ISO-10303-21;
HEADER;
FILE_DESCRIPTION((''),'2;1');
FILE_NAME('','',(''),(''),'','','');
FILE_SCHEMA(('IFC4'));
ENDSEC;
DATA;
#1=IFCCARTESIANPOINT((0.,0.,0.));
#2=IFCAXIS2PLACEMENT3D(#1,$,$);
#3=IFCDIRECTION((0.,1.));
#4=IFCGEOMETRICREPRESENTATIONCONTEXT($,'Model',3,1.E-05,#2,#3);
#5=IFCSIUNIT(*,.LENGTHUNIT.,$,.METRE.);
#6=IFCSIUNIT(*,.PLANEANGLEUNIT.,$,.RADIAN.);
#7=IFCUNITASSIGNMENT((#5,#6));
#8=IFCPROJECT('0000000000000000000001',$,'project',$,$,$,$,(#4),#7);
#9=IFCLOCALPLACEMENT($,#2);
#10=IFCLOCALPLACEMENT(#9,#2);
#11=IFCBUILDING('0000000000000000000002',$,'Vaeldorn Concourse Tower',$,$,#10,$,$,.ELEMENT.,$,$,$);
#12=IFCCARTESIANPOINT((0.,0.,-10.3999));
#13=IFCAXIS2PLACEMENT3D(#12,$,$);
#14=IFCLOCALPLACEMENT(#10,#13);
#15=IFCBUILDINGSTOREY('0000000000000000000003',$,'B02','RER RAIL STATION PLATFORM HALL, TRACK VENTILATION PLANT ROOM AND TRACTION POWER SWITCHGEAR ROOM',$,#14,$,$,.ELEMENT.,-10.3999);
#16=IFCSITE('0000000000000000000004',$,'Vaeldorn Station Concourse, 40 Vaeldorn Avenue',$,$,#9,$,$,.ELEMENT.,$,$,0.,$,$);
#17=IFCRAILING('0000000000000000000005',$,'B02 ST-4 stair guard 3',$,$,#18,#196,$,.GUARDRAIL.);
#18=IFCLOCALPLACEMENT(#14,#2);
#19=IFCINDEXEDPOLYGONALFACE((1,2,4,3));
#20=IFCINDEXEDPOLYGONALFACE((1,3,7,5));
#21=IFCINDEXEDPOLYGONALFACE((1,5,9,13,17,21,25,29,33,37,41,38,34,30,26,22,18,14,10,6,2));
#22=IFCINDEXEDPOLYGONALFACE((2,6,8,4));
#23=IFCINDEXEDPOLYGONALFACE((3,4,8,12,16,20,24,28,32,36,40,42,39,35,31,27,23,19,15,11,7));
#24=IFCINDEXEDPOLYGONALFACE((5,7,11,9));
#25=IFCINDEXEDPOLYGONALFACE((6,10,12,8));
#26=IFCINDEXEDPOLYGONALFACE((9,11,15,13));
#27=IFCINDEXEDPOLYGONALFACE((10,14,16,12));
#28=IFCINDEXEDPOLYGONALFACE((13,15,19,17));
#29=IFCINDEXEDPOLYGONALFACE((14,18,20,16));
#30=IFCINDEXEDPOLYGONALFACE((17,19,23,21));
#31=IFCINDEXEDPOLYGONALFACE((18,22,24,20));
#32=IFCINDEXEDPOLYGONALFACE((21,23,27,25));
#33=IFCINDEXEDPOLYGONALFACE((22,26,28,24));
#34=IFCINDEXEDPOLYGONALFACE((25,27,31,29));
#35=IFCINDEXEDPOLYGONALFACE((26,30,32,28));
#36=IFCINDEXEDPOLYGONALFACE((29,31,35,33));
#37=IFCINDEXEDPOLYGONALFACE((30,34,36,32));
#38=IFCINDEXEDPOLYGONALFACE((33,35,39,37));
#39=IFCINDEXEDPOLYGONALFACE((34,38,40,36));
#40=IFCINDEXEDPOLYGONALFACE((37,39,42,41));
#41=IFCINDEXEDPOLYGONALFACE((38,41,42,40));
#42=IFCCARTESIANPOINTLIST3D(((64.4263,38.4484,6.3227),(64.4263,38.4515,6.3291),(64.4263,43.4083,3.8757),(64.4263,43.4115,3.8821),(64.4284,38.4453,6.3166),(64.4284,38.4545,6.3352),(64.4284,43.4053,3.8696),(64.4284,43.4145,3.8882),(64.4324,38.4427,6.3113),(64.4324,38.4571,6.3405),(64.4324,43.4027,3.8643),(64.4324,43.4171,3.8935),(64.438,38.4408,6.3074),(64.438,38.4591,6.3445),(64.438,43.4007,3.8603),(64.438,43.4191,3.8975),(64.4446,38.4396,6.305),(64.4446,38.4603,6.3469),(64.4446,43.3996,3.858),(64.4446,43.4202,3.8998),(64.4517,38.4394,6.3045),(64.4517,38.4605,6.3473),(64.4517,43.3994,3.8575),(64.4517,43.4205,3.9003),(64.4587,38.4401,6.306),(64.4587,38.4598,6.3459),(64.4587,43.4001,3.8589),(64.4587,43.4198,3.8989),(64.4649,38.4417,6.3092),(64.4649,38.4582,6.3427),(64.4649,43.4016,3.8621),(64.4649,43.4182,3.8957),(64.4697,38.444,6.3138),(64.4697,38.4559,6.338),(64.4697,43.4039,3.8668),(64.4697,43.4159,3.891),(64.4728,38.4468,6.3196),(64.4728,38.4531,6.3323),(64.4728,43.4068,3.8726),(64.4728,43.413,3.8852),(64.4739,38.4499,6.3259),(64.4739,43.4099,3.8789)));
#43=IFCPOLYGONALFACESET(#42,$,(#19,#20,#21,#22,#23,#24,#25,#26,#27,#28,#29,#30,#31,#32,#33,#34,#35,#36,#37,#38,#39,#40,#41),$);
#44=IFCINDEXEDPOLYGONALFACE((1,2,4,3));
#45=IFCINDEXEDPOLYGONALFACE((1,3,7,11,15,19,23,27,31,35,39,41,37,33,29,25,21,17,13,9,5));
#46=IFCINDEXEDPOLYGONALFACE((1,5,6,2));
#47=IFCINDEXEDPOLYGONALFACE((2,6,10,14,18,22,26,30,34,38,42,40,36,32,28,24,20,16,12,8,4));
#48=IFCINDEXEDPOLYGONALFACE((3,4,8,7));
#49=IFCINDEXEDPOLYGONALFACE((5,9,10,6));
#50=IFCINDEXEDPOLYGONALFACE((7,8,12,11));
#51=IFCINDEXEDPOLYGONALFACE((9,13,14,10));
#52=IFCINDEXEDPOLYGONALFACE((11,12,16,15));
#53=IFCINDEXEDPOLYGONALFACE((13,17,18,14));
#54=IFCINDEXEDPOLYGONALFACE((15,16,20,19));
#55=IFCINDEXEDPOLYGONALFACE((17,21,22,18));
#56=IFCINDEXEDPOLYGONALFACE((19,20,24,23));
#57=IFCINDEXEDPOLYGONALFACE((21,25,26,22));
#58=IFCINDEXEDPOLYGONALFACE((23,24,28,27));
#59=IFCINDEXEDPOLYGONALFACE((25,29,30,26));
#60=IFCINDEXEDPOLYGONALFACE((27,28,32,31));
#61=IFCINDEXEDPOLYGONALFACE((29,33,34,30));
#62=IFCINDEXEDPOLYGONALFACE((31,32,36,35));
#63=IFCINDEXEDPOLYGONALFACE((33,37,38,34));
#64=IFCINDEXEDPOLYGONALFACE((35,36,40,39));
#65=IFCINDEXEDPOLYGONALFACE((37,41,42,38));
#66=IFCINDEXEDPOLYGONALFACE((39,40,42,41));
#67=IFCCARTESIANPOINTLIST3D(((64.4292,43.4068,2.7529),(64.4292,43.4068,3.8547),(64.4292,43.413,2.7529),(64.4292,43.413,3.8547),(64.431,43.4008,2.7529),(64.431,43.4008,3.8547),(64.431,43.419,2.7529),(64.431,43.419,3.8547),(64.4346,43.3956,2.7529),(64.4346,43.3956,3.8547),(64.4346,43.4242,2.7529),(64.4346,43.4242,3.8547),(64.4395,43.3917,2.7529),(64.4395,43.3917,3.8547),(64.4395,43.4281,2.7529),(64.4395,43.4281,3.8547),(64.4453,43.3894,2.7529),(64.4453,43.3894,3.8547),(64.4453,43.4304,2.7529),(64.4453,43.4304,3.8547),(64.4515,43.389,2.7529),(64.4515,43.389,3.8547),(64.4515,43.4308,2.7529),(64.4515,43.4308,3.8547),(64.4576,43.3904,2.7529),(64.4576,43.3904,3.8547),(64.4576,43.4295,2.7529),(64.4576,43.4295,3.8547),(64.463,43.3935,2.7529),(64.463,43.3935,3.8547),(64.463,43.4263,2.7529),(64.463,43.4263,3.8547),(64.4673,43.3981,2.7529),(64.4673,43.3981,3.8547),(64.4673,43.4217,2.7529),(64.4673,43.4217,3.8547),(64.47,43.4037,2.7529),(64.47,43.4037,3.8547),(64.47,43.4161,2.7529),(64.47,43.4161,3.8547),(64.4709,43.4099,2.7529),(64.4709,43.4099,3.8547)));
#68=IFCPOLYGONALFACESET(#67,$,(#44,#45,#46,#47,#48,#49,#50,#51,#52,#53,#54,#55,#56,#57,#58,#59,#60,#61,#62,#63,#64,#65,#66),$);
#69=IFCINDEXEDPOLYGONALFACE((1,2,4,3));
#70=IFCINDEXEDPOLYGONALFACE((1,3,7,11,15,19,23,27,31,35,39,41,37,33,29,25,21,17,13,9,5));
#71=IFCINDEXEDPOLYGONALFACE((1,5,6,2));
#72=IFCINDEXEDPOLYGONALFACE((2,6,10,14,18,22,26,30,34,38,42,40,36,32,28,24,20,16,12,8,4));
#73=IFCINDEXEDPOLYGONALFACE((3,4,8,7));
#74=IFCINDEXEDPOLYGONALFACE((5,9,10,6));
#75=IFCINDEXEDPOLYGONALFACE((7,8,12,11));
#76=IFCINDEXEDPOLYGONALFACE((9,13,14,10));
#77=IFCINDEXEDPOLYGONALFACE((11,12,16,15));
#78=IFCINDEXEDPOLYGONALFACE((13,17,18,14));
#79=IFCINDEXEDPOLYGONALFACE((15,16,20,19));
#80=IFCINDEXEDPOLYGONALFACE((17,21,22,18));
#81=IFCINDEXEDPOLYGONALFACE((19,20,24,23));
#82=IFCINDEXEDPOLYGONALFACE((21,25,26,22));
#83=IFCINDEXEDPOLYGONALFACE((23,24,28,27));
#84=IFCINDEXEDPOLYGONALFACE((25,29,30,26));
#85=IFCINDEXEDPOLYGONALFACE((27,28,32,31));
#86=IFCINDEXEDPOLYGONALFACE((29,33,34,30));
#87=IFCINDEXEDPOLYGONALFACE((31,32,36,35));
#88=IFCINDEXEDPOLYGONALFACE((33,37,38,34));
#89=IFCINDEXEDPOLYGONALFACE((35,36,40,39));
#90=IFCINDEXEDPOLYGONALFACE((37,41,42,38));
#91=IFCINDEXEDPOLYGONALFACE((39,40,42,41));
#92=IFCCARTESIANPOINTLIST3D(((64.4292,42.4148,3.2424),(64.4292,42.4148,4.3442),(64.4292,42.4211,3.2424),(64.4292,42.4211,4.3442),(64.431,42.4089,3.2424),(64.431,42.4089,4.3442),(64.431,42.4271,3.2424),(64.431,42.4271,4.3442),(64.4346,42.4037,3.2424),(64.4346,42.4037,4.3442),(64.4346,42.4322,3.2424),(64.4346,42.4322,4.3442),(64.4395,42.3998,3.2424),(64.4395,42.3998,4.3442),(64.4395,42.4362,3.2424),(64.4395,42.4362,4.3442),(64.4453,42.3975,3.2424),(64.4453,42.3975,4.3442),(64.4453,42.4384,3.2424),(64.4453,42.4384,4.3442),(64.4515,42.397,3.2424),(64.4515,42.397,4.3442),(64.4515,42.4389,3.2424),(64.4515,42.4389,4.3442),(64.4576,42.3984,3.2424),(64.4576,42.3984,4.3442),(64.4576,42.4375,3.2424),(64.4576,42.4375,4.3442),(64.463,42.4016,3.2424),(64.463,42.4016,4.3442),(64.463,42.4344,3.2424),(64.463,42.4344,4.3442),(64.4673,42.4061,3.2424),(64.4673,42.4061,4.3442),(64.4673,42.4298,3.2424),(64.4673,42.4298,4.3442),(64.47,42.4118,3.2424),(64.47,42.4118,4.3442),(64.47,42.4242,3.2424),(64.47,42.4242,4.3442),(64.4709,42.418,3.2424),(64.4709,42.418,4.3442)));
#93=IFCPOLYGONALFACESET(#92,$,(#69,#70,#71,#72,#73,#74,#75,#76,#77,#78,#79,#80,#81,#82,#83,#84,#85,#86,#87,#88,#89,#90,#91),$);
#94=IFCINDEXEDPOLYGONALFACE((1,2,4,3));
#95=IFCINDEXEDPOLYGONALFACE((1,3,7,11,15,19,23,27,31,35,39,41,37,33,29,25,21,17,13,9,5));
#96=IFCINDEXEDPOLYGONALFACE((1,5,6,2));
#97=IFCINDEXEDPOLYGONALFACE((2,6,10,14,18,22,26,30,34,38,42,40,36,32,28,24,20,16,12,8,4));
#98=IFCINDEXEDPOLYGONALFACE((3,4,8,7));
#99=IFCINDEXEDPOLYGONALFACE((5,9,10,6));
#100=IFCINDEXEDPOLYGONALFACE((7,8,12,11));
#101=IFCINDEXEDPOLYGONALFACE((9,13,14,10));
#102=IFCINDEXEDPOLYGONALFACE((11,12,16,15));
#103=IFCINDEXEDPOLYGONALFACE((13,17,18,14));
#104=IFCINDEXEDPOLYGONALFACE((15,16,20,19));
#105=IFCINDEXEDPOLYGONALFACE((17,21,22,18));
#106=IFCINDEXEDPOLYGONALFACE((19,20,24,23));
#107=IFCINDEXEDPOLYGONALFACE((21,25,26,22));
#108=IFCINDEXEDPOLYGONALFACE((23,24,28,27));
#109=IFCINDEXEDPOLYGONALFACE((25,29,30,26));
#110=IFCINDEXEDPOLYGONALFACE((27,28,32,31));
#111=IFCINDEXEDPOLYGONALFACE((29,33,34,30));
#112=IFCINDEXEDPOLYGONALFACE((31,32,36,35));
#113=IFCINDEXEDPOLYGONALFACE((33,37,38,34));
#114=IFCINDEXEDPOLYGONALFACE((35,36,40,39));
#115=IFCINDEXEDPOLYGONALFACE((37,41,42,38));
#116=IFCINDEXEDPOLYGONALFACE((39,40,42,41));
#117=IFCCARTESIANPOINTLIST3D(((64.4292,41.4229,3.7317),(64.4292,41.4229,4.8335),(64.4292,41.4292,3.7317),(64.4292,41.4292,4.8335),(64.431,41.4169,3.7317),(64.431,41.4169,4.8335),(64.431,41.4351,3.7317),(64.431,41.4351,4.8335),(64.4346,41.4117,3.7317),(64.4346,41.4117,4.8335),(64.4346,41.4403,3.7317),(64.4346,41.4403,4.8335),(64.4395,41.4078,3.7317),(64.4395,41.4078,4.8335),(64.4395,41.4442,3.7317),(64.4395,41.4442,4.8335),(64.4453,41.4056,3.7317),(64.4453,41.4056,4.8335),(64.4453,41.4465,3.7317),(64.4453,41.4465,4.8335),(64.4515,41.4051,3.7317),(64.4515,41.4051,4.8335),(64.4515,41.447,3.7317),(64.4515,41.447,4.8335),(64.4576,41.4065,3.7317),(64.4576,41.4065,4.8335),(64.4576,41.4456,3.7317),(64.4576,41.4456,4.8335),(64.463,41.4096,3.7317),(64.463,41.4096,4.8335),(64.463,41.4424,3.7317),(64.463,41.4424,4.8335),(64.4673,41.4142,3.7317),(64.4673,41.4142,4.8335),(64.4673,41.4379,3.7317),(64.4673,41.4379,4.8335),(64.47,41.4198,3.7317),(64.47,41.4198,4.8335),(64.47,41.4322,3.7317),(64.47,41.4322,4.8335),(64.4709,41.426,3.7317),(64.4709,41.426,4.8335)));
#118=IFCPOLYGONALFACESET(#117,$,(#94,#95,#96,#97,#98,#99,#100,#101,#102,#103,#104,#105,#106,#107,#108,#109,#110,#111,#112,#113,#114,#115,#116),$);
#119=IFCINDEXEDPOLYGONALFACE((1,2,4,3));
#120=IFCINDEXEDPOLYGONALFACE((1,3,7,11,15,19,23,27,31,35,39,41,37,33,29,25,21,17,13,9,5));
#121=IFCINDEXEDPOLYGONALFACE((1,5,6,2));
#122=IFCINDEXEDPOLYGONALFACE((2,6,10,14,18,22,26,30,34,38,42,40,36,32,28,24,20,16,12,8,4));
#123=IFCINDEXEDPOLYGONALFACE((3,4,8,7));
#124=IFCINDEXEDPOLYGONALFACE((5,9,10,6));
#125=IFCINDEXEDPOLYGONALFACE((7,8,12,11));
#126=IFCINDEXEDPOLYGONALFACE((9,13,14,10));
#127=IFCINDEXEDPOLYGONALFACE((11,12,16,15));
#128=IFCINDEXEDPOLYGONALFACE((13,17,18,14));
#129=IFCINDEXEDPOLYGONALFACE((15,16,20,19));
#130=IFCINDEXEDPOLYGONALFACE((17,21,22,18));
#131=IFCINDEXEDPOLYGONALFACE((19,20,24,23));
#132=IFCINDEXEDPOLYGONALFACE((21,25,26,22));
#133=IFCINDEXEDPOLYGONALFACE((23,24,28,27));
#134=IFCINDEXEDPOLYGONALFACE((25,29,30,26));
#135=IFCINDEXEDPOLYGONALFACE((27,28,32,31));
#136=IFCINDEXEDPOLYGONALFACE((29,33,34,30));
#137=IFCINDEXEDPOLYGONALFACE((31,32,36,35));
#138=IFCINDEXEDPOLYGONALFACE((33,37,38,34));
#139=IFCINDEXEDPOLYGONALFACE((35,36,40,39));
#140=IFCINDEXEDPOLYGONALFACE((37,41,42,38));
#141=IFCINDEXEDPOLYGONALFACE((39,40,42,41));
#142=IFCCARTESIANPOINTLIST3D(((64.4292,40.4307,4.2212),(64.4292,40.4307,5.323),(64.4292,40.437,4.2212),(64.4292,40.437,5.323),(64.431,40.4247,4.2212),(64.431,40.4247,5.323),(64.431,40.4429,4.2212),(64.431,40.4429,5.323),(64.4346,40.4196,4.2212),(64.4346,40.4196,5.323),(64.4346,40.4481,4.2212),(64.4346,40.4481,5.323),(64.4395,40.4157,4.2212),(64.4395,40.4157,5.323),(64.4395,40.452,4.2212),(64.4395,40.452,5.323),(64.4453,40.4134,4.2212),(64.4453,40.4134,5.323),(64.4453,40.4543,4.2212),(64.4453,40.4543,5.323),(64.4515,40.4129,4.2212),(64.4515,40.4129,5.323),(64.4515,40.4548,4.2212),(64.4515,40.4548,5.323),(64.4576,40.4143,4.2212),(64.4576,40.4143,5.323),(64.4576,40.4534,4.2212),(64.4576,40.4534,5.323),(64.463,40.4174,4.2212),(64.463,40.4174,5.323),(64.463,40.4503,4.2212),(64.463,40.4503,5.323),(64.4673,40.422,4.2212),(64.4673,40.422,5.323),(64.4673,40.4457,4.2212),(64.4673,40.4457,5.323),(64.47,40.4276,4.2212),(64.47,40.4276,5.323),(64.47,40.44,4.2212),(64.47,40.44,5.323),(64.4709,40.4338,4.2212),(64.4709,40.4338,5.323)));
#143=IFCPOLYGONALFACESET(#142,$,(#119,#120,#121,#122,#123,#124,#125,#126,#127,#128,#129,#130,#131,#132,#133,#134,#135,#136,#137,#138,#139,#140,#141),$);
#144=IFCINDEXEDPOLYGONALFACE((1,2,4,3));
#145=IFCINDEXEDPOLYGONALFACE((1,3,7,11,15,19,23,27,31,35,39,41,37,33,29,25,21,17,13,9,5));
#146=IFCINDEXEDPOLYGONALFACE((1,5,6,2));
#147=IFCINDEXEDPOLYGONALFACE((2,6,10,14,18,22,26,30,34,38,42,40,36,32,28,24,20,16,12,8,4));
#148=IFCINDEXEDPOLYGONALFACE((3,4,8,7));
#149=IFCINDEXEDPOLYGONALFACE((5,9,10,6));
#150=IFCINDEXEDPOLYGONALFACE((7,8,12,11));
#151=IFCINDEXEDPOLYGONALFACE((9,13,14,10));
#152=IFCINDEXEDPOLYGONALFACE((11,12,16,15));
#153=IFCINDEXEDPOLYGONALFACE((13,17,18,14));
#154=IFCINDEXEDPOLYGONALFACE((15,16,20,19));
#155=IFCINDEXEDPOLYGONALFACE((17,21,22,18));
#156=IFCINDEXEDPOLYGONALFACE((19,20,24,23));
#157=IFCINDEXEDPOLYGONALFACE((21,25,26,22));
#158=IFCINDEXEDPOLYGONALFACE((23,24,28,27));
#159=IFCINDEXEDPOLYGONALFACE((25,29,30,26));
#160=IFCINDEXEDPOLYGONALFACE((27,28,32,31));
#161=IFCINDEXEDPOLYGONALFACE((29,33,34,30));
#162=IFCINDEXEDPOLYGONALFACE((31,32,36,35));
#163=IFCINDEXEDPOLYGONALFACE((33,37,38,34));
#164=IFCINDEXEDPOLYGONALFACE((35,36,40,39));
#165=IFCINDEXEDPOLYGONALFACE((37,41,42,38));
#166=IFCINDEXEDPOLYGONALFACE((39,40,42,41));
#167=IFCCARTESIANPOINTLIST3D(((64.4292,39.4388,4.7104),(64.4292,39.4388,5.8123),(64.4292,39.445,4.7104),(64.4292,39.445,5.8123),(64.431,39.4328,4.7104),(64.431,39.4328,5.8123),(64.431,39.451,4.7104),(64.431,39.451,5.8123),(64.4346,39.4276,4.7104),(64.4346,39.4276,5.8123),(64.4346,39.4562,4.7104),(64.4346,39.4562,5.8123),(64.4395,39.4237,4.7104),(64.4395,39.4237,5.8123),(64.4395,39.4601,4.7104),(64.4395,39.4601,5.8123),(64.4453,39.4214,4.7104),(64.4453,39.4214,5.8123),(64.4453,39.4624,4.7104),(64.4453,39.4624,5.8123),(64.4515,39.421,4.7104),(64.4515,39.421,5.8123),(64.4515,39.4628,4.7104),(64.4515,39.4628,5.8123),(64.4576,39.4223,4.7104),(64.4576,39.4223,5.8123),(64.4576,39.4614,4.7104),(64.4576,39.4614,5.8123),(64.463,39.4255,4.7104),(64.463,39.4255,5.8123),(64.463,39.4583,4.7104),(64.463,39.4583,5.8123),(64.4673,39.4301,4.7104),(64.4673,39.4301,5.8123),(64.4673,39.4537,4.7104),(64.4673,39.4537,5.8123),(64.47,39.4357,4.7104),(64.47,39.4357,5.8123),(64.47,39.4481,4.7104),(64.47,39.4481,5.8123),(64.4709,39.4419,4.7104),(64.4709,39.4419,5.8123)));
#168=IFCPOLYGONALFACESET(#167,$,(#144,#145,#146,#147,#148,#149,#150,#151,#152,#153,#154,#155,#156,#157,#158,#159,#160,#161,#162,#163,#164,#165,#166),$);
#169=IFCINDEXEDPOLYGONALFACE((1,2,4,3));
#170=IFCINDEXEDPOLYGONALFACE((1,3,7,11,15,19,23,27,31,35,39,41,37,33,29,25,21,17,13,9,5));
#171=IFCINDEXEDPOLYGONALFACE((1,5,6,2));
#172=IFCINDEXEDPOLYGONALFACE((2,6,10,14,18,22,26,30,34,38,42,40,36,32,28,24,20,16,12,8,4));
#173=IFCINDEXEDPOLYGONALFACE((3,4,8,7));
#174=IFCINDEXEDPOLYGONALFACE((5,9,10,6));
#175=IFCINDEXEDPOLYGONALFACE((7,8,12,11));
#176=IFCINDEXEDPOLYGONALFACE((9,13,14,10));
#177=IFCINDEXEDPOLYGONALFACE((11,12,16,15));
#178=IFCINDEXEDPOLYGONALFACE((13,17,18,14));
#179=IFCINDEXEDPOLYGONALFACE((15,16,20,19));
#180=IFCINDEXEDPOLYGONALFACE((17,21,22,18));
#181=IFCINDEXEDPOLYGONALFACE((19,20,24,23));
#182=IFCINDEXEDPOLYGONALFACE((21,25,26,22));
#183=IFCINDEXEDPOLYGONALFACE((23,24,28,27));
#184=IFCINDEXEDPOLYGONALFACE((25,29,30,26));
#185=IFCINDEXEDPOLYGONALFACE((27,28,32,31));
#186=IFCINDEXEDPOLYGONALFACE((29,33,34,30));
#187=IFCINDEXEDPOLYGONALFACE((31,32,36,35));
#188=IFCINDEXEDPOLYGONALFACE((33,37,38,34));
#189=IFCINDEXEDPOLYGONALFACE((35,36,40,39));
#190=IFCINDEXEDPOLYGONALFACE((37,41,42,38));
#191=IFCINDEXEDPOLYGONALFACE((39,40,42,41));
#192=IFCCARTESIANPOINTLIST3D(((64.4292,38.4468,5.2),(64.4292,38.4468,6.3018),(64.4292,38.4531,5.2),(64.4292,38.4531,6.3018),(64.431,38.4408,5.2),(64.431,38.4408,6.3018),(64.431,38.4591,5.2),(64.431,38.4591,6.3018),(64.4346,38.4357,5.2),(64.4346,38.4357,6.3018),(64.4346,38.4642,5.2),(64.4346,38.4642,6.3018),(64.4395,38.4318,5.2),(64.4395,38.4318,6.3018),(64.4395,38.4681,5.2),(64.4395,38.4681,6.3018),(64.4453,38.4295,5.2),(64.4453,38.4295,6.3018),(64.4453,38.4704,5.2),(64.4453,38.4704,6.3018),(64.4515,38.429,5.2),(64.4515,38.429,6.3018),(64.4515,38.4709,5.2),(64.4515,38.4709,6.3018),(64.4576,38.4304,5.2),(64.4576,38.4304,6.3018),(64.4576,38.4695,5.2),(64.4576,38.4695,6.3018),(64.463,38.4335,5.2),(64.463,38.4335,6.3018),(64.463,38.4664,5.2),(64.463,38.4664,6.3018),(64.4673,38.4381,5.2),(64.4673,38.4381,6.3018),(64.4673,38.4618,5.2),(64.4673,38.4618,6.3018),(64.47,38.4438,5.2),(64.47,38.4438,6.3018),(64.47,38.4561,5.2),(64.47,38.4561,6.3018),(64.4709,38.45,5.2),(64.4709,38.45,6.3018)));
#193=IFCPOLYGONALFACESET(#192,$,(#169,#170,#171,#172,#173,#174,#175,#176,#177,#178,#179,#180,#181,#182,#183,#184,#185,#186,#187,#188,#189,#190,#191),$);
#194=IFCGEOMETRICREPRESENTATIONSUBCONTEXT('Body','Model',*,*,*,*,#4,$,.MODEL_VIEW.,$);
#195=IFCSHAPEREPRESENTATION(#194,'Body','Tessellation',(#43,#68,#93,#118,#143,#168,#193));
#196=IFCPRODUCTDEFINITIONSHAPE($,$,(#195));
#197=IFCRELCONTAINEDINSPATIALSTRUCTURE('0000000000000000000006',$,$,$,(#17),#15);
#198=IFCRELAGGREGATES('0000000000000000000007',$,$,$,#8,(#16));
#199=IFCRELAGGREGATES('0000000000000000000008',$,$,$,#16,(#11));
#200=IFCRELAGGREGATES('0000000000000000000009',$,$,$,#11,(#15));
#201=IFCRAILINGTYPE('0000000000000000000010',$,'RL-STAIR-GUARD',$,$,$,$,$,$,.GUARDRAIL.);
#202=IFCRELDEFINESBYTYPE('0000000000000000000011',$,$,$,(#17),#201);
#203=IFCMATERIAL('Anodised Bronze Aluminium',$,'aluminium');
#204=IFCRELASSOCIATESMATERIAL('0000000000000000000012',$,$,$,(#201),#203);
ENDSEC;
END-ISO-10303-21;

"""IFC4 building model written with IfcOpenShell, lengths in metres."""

from ifc_helpers import new_model, si_unit, direction, frame, origin, origin_2d, place, context, subcontext, project, spatial, circle, extrude, material, type_object, element, save


model = new_model("IFC4")

# Units and contexts
model_context = context("Model", 3, precision=1e-05, world=origin(), true_north=direction((0.0, 1.0)))
body_context = subcontext(model_context, "Body", "Model", "MODEL_VIEW")
ifc_project = project(units=[si_unit("LENGTHUNIT", "METRE"), si_unit("PLANEANGLEUNIT", "RADIAN")], contexts=[model_context])

# Site, building, storey
site_placement = place(None, origin())
site = spatial("IfcSite", under=ifc_project, at=site_placement, Name="Vaeldorn Station Concourse, 40 Vaeldorn Avenue", CompositionType="ELEMENT", RefElevation=0.0)
building_placement = place(site_placement, origin())
building = spatial("IfcBuilding", under=site, at=building_placement, Name="Vaeldorn Concourse Tower", CompositionType="ELEMENT")
storey_placement = place(building_placement, frame((0.0, 0.0, -10.3999)))
storey = spatial("IfcBuildingStorey", under=building, at=storey_placement, Name="B02", Description="RER RAIL STATION PLATFORM HALL, TRACK VENTILATION PLANT ROOM AND TRACTION POWER SWITCHGEAR ROOM", CompositionType="ELEMENT", Elevation=-10.3999)

# Railing
ifc_material_1 = material(Name="Anodised Bronze Aluminium", Category="aluminium")
railing_type_1 = type_object("IfcRailingType", Name="RL-STAIR-GUARD", PredefinedType="GUARDRAIL", material=ifc_material_1)
railing_1_placement = place(storey_placement, frame((64.45, 43.4099, 2.7529)))
element("IfcRailing", 1, at=railing_1_placement, inside=storey, type_object=railing_type_1, Name="B02 ST-4 stair guard 3", PredefinedType="GUARDRAIL", context=body_context, shape_type="SweptSolid", body=[
    extrude(circle(Radius=0.0239, at=origin_2d()), frame((0.0, 0.0, 1.126), z_axis=(0.0, -0.896798, 0.44244), x_axis=(1.0, 0.0, 0.0)), (0.0, 0.0, 1.0), 5.5308),
    extrude(circle(Radius=0.021, at=origin_2d()), origin(), (0.0, 0.0, 1.0), 1.1018),
    extrude(circle(Radius=0.021, at=origin_2d()), frame((0.0, -0.9919, 0.4895)), (0.0, 0.0, 1.0), 1.1018),
    extrude(circle(Radius=0.021, at=origin_2d()), frame((0.0, -1.9839, 0.9788)), (0.0, 0.0, 1.0), 1.1018),
    extrude(circle(Radius=0.021, at=origin_2d()), frame((0.0, -2.9761, 1.4683)), (0.0, 0.0, 1.0), 1.1018),
    extrude(circle(Radius=0.021, at=origin_2d()), frame((0.0, -3.968, 1.9575)), (0.0, 0.0, 1.0), 1.1018),
    extrude(circle(Radius=0.021, at=origin_2d()), frame((0.0, -4.96, 2.447)), (0.0, 0.0, 1.0), 1.1018),
])

save(model, "model.ifc")
